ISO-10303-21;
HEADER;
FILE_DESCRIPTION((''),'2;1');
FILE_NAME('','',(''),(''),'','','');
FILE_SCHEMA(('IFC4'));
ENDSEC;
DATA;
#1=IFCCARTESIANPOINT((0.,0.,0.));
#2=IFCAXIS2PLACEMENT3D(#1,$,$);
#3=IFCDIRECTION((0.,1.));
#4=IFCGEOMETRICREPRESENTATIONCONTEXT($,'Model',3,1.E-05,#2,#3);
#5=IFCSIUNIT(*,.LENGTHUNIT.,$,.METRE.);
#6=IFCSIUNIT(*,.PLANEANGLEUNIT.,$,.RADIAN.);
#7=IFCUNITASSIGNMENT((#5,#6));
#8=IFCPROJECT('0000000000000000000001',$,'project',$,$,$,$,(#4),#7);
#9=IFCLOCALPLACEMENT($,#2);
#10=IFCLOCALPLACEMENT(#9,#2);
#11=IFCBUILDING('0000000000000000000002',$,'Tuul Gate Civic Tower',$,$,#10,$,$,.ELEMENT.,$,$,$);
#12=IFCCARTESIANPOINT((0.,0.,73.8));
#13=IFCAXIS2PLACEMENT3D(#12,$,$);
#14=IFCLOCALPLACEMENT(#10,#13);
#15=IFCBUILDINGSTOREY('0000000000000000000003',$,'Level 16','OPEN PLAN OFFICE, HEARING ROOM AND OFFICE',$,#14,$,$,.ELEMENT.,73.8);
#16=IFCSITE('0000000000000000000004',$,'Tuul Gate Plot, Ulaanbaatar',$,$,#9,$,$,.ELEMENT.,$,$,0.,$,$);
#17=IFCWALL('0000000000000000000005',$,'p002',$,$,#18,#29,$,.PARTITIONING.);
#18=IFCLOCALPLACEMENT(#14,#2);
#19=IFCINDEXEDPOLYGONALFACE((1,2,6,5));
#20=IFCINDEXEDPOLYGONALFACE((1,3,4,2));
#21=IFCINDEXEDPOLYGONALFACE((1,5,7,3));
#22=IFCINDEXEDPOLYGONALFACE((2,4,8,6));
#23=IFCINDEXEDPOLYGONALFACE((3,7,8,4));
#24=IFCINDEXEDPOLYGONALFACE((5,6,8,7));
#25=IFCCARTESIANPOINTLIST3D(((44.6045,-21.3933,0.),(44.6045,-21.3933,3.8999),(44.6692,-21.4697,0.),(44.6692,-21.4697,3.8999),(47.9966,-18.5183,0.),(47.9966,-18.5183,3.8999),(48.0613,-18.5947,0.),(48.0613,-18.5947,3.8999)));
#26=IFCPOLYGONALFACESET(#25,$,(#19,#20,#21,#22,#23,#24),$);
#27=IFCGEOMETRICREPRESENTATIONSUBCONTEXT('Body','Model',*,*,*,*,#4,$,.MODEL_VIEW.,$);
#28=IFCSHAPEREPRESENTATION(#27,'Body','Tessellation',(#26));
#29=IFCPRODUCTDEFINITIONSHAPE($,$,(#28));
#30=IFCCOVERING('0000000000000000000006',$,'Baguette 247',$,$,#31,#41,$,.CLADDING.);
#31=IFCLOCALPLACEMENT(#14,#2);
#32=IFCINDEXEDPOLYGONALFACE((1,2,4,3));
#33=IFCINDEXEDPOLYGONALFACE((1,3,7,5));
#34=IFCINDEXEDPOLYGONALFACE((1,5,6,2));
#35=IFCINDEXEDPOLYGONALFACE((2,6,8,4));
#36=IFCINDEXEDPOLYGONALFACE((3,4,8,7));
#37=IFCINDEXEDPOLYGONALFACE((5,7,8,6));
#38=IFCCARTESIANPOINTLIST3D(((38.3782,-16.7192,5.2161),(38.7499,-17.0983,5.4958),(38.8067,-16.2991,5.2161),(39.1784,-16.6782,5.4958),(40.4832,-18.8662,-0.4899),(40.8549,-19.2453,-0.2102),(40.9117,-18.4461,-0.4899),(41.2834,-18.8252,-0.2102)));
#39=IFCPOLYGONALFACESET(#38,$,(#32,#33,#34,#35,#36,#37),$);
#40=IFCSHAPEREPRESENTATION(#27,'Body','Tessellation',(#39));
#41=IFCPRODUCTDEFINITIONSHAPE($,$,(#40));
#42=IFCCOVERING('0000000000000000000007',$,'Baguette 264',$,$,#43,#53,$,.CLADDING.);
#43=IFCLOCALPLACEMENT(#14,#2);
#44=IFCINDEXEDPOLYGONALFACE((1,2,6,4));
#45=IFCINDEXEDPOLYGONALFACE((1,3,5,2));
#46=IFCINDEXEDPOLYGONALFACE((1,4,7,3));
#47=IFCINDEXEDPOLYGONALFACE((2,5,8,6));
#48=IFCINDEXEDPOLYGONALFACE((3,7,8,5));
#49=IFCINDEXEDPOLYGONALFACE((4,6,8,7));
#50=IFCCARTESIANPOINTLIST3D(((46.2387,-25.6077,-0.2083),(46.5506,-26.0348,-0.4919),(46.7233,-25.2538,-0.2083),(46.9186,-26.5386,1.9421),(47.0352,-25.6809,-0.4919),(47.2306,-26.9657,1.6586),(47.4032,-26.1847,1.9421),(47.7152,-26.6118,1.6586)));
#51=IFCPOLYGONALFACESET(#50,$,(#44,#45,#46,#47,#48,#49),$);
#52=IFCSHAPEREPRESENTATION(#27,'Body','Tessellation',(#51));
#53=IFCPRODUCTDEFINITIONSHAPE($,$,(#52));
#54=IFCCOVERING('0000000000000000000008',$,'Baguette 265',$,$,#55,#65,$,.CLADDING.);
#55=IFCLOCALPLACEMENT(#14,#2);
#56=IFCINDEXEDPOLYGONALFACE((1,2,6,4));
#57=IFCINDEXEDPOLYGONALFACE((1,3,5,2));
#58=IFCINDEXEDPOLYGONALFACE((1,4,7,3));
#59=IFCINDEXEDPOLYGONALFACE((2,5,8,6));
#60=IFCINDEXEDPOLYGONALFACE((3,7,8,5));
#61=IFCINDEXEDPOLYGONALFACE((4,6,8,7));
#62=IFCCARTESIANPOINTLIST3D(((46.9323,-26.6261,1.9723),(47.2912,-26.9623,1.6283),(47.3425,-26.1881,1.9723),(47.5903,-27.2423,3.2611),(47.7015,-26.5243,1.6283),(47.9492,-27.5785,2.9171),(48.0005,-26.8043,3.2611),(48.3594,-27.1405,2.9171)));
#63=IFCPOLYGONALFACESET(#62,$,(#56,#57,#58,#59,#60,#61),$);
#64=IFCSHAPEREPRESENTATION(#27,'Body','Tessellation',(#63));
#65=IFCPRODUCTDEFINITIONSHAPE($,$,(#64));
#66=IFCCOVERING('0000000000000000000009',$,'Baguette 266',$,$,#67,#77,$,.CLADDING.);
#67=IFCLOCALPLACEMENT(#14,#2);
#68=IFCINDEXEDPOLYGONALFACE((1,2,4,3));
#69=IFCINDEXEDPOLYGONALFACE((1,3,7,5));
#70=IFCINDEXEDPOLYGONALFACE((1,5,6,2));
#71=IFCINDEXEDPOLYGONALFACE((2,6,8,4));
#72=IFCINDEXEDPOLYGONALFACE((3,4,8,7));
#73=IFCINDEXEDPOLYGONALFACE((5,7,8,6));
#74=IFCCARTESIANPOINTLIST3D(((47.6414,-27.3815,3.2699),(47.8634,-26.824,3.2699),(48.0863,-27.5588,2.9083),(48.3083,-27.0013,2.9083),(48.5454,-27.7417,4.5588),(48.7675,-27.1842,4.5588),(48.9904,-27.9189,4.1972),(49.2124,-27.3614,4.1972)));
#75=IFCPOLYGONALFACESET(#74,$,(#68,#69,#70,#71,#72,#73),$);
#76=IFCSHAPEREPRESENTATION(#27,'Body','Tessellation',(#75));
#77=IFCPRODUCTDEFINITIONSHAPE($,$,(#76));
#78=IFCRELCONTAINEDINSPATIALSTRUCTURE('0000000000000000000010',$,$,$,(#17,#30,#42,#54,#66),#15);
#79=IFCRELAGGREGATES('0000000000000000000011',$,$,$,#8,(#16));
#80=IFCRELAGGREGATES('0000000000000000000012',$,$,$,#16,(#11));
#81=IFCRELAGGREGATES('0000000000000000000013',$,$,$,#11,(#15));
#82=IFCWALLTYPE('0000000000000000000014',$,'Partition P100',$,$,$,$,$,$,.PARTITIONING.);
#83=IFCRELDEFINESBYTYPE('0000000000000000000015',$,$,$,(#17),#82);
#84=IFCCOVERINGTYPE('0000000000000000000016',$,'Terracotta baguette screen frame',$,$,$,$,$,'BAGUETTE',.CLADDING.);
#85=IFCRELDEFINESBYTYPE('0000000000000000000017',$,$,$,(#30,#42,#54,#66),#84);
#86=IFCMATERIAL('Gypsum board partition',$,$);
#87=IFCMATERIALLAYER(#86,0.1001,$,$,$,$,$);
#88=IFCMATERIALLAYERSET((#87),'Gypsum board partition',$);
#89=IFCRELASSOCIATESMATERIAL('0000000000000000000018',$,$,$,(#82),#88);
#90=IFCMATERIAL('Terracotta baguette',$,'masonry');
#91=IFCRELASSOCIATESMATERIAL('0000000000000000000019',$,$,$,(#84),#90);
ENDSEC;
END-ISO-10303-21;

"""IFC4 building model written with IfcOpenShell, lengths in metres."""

from ifc_helpers import new_model, si_unit, direction, frame, frame_2d, origin, origin_2d, place, context, subcontext, project, spatial, rectangle, extrude, material, layer, layer_set, material_profile, profile_set, type_object, element, save


model = new_model("IFC4")

# Units and contexts
model_context = context("Model", 3, precision=1e-05, world=origin(), true_north=direction((0.0, 1.0)))
body_context = subcontext(model_context, "Body", "Model", "MODEL_VIEW")
ifc_project = project(units=[si_unit("LENGTHUNIT", "METRE"), si_unit("PLANEANGLEUNIT", "RADIAN")], contexts=[model_context])

# Site, building, storey
site_placement = place(None, origin())
site = spatial("IfcSite", under=ifc_project, at=site_placement, Name="Tuul Gate Plot, Ulaanbaatar", CompositionType="ELEMENT", RefElevation=0.0)
building_placement = place(site_placement, origin())
building = spatial("IfcBuilding", under=site, at=building_placement, Name="Tuul Gate Civic Tower", CompositionType="ELEMENT")
storey_placement = place(building_placement, frame((0.0, 0.0, 73.8)))
storey = spatial("IfcBuildingStorey", under=building, at=storey_placement, Name="Level 16", Description="OPEN PLAN OFFICE, HEARING ROOM AND OFFICE", CompositionType="ELEMENT", Elevation=73.8)

# Wall
ifc_material_1 = material(Name="Gypsum board partition")
ifc_layer_1 = layer(ifc_material_1, 0.1001)
ifc_layer_set_1 = layer_set([ifc_layer_1], Name="Gypsum board partition")
wall_type_1 = type_object("IfcWallType", Name="Partition P100", PredefinedType="PARTITIONING", material=ifc_layer_set_1)
wall_1_placement = place(storey_placement, frame((44.637, -21.4314, 0.0), z_axis=(0.0, 0.0, 1.0), x_axis=(0.762857, 0.646567, 0.0)))
element("IfcWall", 1, at=wall_1_placement, inside=storey, type_object=wall_type_1, Name="p002", PredefinedType="PARTITIONING", context=body_context, shape_type="SweptSolid", body=[
    extrude(rectangle(XDim=4.4465, YDim=0.1001, at=frame_2d((2.2231, 0.0))), origin(), (0.0, 0.0, 1.0), 3.8999),
])

# Coverings
ifc_material_2 = material(Name="Terracotta baguette", Category="masonry")
ifc_material_profile_1 = material_profile(ifc_material_2, rectangle(XDim=0.6001, YDim=0.6001, at=origin_2d()), Name="Terracotta baguette screen frame")
ifc_profile_set_1 = profile_set([ifc_material_profile_1], Name="Terracotta baguette")
covering_type = type_object("IfcCoveringType", Name="Terracotta baguette screen frame", ElementType="BAGUETTE", PredefinedType="CLADDING", material=ifc_profile_set_1)
covering_1_placement = place(storey_placement, frame((38.7783, -16.6987, 5.356), z_axis=(0.326365, -0.332876, -0.884692), x_axis=(0.714055, 0.700089, 0.0)))
element("IfcCovering", 2, at=covering_1_placement, inside=storey, type_object=covering_type, Name="Baguette 247", PredefinedType="CLADDING", context=body_context, shape_type="SweptSolid", body=[
    extrude(rectangle(XDim=0.6001, YDim=0.6001, at=origin_2d()), origin(), (0.0, 0.0, 1.0), 6.4497),
])
covering_2_placement = place(storey_placement, frame((46.637, -25.6443, -0.3501), z_axis=(0.278673, -0.381537, 0.881346), x_axis=(0.807535, 0.58982, 0.0)))
element("IfcCovering", 3, at=covering_2_placement, inside=storey, type_object=covering_type, Name="Baguette 264", PredefinedType="CLADDING", context=body_context, shape_type="SweptSolid", body=[
    extrude(rectangle(XDim=0.6001, YDim=0.6001, at=origin_2d()), origin(), (0.0, 0.0, 1.0), 2.4399),
])
covering_3_placement = place(storey_placement, frame((47.3169, -26.5752, 1.8003), z_axis=(0.418338, -0.391794, 0.819445), x_axis=(0.683572, 0.729883, 0.0)))
element("IfcCovering", 4, at=covering_3_placement, inside=storey, type_object=covering_type, Name="Baguette 265", PredefinedType="CLADDING", context=body_context, shape_type="SweptSolid", body=[
    extrude(rectangle(XDim=0.6001, YDim=0.6001, at=origin_2d()), origin(), (0.0, 0.0, 1.0), 1.5728),
])
covering_4_placement = place(storey_placement, frame((47.9749, -27.1914, 3.0891), z_axis=(0.559805, -0.222985, 0.798058), x_axis=(0.370049, 0.929012, 0.0)))
element("IfcCovering", 5, at=covering_4_placement, inside=storey, type_object=covering_type, Name="Baguette 266", PredefinedType="CLADDING", context=body_context, shape_type="SweptSolid", body=[
    extrude(rectangle(XDim=0.6001, YDim=0.6001, at=origin_2d()), origin(), (0.0, 0.0, 1.0), 1.615),
])

save(model, "model.ifc")
